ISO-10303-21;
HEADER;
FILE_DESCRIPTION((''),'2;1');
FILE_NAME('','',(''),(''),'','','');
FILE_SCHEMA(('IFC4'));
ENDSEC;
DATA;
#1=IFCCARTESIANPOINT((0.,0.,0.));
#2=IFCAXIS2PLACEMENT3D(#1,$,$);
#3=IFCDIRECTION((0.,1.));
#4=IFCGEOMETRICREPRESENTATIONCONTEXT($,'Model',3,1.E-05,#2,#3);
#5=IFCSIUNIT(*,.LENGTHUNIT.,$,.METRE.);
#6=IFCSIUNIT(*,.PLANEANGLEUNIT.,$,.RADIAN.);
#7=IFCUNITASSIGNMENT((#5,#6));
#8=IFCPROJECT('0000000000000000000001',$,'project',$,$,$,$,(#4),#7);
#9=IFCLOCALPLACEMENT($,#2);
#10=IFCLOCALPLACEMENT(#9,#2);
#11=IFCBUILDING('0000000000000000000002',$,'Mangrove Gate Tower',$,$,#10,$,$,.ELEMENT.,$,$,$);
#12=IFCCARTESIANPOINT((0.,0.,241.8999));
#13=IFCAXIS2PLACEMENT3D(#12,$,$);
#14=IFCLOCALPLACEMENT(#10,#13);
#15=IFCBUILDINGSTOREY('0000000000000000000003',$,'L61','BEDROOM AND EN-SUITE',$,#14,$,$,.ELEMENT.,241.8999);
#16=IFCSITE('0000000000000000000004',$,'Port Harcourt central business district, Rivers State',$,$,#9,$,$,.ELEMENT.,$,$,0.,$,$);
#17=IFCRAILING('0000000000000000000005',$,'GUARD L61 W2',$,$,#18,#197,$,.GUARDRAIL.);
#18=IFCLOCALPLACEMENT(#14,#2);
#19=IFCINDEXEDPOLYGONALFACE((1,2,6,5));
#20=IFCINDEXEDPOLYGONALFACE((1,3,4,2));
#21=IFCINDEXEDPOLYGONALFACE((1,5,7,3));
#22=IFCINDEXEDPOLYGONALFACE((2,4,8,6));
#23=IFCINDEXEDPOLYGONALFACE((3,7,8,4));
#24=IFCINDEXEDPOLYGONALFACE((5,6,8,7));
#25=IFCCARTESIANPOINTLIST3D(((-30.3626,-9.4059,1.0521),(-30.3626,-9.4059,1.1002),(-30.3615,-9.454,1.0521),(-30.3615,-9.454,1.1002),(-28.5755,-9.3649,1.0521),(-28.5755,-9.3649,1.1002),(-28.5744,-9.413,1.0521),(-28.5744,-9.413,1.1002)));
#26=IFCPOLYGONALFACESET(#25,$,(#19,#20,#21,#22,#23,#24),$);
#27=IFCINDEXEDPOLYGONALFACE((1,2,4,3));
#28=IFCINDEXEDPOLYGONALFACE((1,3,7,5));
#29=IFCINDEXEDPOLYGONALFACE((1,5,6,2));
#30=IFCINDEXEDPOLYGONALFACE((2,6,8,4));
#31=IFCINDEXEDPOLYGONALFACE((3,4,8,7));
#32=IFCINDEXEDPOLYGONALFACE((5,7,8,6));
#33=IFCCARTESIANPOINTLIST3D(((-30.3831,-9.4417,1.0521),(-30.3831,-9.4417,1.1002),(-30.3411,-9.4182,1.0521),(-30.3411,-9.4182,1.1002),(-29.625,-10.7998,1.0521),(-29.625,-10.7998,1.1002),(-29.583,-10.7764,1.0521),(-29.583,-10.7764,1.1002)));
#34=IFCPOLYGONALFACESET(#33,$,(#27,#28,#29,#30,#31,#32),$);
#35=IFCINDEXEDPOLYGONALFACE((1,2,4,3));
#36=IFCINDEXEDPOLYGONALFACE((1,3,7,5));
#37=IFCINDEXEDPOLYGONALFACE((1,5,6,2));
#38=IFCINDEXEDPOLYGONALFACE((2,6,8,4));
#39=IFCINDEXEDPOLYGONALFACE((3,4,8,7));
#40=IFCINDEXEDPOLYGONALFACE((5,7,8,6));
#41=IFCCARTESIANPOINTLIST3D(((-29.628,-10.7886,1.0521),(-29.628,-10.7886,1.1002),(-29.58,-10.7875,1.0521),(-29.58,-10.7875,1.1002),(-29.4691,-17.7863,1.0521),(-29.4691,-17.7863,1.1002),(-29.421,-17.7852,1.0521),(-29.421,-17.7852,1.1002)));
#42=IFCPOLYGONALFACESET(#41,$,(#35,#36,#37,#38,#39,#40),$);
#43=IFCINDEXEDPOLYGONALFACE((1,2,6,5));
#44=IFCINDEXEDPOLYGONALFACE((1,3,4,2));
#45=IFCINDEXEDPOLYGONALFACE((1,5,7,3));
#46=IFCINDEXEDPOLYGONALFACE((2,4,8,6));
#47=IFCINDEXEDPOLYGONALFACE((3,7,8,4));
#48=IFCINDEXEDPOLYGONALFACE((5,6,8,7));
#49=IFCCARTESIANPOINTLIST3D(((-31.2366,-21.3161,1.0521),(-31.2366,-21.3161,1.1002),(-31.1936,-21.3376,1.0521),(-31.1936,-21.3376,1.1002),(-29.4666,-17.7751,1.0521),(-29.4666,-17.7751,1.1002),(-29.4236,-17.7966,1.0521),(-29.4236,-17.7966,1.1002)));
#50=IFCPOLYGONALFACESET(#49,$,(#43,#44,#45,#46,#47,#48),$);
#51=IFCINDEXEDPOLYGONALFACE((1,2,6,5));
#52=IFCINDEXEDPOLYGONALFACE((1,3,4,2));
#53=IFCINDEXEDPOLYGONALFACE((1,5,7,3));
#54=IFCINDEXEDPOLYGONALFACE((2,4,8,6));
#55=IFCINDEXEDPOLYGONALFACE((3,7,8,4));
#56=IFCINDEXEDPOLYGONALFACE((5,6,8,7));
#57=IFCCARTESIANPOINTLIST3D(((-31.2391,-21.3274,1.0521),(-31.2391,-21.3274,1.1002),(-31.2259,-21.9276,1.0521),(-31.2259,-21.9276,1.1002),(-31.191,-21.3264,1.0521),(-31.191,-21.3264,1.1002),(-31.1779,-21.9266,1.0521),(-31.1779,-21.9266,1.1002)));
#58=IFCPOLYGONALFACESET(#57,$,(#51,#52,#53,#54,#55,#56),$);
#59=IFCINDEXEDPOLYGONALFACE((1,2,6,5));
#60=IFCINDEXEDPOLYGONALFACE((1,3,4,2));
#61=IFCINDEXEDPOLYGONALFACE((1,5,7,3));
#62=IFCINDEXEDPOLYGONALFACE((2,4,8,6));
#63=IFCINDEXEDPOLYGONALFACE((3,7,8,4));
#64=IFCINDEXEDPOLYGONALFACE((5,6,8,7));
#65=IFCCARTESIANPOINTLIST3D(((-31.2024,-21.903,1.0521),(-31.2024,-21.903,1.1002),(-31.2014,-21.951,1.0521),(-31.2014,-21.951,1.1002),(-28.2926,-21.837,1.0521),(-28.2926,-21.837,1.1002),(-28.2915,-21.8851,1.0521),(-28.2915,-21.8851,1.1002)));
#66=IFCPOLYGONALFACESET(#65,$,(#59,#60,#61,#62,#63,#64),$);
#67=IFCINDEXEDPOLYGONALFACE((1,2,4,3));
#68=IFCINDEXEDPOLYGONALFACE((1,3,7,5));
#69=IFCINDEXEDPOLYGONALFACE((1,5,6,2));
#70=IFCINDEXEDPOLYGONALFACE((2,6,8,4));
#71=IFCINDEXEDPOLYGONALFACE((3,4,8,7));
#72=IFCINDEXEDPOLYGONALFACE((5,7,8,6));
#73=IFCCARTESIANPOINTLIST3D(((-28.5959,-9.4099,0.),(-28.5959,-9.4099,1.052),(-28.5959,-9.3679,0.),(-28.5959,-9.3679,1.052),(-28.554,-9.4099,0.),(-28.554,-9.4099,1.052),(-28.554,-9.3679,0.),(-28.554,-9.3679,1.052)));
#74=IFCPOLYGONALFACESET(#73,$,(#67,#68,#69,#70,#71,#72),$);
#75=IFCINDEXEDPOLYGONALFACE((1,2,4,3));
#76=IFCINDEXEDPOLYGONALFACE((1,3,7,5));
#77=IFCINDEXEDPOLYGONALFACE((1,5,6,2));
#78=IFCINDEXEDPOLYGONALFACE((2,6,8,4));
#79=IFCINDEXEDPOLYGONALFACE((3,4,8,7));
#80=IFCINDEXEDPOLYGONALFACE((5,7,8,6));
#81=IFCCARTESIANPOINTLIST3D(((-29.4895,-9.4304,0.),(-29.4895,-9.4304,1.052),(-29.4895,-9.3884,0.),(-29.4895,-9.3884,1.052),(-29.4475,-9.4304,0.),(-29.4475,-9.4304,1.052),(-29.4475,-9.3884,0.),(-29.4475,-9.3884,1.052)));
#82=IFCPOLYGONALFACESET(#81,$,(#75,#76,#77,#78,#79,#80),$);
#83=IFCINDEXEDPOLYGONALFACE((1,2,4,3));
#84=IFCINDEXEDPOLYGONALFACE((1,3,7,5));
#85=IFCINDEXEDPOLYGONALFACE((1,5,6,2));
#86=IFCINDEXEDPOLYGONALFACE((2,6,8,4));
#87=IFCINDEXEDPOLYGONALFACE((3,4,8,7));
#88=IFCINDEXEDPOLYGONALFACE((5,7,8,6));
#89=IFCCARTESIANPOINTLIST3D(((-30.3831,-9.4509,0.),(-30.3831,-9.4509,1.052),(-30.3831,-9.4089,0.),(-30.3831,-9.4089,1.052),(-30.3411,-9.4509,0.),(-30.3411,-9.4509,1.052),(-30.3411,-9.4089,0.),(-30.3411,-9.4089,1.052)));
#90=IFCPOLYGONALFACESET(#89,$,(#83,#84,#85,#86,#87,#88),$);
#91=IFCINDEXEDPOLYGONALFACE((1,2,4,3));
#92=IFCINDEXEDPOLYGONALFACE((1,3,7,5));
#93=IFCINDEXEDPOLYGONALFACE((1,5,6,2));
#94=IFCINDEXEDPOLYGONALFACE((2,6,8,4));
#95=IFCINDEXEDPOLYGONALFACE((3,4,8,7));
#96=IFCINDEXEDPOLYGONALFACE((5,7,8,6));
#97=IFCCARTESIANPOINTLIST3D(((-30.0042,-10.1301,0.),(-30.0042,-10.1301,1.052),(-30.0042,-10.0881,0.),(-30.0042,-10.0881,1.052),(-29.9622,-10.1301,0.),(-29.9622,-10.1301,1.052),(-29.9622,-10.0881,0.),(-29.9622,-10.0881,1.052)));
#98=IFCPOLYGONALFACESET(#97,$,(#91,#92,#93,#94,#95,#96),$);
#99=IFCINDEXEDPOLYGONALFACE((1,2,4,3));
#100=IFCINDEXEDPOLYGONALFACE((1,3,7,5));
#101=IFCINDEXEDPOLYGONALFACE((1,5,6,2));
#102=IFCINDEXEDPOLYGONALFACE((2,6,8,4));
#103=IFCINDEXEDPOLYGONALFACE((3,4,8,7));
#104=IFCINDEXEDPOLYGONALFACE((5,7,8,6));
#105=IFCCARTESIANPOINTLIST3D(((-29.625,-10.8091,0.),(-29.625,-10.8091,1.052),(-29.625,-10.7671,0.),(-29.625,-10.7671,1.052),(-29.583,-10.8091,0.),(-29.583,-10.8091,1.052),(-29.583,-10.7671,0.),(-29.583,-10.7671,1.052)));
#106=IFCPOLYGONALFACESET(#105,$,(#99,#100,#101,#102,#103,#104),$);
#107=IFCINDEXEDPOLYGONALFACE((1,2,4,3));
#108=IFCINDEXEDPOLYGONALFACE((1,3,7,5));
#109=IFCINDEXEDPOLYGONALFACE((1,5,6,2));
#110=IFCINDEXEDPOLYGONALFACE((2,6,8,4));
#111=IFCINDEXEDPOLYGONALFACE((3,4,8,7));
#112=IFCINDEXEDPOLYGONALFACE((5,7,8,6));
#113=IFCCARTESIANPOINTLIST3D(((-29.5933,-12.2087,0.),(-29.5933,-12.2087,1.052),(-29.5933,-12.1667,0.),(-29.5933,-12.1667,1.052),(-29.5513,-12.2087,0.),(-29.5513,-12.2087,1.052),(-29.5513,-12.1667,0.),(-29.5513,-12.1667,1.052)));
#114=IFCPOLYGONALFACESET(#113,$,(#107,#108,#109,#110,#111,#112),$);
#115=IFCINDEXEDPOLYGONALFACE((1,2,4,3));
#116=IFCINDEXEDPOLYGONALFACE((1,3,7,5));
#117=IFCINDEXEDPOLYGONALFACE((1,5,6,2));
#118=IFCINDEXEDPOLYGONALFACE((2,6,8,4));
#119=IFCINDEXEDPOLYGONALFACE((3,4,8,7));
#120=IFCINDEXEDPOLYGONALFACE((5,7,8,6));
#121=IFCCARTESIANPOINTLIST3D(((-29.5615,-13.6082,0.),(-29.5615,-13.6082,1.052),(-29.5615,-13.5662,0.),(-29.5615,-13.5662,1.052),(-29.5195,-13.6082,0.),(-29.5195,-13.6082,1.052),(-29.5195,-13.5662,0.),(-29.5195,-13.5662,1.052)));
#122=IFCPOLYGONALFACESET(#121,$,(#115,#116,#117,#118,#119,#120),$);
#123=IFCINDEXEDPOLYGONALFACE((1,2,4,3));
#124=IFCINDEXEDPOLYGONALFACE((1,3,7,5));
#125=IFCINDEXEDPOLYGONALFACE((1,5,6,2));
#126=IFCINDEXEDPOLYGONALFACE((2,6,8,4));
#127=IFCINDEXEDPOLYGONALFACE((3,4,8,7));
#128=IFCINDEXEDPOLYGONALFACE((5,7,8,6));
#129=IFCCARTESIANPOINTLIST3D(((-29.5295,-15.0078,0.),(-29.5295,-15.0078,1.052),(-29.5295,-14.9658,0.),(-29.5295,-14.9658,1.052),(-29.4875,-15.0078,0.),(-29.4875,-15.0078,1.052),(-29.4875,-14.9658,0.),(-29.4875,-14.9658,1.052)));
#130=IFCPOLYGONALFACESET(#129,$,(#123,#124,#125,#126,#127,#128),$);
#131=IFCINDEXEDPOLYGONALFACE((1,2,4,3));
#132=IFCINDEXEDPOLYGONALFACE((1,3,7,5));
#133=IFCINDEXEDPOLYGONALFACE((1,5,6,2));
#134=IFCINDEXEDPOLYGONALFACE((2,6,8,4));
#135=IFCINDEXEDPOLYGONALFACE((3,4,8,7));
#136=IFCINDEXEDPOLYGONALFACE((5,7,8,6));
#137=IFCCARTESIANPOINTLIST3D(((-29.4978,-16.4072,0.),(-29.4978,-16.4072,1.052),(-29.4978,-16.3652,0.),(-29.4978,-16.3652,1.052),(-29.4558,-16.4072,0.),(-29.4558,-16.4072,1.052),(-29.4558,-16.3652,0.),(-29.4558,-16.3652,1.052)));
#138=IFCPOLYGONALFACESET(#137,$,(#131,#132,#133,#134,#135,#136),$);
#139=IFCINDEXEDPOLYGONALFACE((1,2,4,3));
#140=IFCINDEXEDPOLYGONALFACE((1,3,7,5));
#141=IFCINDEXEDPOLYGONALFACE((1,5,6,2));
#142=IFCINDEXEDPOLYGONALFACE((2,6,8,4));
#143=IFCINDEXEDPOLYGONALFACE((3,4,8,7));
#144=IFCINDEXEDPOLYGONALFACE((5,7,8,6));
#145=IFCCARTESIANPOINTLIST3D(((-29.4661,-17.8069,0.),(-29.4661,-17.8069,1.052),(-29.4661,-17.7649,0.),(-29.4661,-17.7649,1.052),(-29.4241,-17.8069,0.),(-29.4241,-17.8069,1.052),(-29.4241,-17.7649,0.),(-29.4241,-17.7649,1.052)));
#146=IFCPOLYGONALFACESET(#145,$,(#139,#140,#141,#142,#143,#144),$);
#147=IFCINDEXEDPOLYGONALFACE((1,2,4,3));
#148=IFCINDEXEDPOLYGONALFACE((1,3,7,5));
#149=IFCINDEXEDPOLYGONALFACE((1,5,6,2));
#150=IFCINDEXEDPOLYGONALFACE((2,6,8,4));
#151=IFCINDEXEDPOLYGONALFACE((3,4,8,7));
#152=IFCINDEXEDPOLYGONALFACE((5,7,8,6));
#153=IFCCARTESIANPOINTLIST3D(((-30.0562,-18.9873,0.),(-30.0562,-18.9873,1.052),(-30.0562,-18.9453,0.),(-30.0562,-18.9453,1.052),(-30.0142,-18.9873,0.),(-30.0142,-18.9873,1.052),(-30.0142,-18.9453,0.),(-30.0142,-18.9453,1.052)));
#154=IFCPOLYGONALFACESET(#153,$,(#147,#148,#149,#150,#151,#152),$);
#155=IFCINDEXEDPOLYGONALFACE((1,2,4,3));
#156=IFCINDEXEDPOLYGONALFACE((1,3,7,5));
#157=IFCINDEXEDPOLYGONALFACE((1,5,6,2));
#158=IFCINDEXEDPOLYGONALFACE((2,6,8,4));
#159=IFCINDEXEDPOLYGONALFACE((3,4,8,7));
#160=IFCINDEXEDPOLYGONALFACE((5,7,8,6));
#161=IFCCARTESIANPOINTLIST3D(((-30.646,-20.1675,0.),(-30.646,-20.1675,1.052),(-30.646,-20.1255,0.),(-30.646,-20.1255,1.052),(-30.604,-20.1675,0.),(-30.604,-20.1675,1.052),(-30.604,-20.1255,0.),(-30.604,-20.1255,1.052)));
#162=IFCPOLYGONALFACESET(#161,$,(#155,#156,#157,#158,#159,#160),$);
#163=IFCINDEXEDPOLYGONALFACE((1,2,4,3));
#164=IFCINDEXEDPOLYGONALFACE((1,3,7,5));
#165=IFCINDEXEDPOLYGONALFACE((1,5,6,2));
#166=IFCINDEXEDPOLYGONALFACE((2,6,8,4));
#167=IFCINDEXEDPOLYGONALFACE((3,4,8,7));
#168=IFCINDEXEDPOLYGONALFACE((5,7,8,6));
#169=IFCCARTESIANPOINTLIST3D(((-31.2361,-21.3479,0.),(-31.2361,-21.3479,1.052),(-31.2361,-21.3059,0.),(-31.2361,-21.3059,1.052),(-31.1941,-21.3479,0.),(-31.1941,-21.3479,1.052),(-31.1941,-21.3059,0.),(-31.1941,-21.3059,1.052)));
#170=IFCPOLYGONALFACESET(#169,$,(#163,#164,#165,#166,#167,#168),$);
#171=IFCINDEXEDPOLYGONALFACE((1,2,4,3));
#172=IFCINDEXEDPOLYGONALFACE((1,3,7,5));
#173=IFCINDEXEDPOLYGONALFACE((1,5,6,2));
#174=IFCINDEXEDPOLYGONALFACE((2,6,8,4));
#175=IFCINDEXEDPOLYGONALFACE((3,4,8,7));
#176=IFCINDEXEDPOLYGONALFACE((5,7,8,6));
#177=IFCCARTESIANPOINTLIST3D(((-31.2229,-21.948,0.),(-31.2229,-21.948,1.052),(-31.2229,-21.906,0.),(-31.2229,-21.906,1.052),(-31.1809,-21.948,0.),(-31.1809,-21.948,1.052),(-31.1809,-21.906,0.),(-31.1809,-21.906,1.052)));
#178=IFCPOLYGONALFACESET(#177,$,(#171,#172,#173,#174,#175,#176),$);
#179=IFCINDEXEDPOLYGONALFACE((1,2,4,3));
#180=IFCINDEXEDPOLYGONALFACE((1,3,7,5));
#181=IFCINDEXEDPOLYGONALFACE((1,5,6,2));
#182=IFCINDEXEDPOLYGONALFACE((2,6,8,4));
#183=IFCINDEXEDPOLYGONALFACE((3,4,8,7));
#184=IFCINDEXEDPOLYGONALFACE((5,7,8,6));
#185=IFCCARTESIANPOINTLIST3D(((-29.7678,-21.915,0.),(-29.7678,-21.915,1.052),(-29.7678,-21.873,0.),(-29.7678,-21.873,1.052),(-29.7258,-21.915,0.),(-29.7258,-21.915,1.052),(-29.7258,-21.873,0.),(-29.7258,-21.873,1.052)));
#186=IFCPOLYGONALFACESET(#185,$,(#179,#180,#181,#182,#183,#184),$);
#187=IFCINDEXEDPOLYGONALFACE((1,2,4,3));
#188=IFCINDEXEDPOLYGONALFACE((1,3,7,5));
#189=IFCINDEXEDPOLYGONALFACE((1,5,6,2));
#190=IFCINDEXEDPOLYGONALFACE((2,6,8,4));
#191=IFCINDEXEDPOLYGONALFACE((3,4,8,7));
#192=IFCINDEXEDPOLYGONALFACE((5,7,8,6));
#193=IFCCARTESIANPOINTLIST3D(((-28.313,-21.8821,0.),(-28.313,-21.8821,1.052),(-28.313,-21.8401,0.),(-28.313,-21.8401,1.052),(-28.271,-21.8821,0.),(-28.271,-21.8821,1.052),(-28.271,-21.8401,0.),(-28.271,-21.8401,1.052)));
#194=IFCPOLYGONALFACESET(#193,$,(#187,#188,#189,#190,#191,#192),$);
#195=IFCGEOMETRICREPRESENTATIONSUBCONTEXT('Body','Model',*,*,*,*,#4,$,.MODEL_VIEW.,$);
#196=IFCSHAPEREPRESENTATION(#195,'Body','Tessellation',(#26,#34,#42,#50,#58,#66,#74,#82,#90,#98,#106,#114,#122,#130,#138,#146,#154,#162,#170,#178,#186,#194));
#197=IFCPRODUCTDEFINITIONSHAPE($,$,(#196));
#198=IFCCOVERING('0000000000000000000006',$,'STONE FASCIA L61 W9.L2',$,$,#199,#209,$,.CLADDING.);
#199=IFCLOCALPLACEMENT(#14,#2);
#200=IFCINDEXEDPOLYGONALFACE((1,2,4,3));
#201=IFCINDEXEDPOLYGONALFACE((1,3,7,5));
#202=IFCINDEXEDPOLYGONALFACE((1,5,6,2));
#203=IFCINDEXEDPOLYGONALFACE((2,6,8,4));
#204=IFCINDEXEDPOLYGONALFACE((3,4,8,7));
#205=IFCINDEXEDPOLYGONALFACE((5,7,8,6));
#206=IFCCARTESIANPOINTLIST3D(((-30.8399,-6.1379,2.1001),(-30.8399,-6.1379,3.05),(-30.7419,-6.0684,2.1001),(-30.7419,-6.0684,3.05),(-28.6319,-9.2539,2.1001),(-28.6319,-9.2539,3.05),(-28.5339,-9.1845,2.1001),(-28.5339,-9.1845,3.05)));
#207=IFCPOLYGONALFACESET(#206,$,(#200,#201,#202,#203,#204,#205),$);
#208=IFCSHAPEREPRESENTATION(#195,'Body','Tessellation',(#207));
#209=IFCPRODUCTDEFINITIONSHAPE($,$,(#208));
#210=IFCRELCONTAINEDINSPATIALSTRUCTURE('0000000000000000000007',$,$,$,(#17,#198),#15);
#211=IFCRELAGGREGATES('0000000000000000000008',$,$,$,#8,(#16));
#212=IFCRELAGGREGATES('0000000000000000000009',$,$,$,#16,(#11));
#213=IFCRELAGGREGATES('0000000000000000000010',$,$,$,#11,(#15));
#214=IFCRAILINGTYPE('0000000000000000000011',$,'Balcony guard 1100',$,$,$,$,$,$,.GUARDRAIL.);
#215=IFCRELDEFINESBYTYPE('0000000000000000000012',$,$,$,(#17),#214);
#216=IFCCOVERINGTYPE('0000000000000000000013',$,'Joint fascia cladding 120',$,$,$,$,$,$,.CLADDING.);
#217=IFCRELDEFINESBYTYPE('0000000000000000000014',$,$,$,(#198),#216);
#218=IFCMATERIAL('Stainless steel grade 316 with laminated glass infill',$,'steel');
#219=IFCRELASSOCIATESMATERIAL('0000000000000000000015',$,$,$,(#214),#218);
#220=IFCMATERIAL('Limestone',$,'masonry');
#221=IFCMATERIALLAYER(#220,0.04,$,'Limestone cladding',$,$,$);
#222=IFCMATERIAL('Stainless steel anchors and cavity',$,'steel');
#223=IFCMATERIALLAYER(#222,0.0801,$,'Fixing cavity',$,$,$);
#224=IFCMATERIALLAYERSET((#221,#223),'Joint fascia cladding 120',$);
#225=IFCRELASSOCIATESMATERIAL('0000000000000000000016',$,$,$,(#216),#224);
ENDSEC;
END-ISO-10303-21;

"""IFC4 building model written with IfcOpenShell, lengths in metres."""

from ifc_helpers import new_model, si_unit, direction, frame, frame_2d, origin, origin_2d, place, context, subcontext, project, spatial, rectangle, extrude, material, layer, layer_set, type_object, element, save


model = new_model("IFC4")

# Units and contexts
model_context = context("Model", 3, precision=1e-05, world=origin(), true_north=direction((0.0, 1.0)))
body_context = subcontext(model_context, "Body", "Model", "MODEL_VIEW")
ifc_project = project(units=[si_unit("LENGTHUNIT", "METRE"), si_unit("PLANEANGLEUNIT", "RADIAN")], contexts=[model_context])

# Site, building, storey
site_placement = place(None, origin())
site = spatial("IfcSite", under=ifc_project, at=site_placement, Name="Port Harcourt central business district, Rivers State", CompositionType="ELEMENT", RefElevation=0.0)
building_placement = place(site_placement, origin())
building = spatial("IfcBuilding", under=site, at=building_placement, Name="Mangrove Gate Tower", CompositionType="ELEMENT")
storey_placement = place(building_placement, frame((0.0, 0.0, 241.8999)))
storey = spatial("IfcBuildingStorey", under=building, at=storey_placement, Name="L61", Description="BEDROOM AND EN-SUITE", CompositionType="ELEMENT", Elevation=241.8999)

# Shared definitions
ifc_material_1 = material(Name="Limestone", Category="masonry")

# Railing
ifc_material_2 = material(Name="Stainless steel grade 316 with laminated glass infill", Category="steel")
railing_type = type_object("IfcRailingType", Name="Balcony guard 1100", PredefinedType="GUARDRAIL", material=ifc_material_2)
railing_placement = place(storey_placement, frame((-28.575, -9.3889, 0.0)))
element("IfcRailing", 1, at=railing_placement, inside=storey, type_object=railing_type, Name="GUARD L61 W2", PredefinedType="GUARDRAIL", context=body_context, shape_type="SweptSolid", body=[
    extrude(rectangle(XDim=0.0481, YDim=0.0481, at=origin_2d()), frame((0.0, 0.0, 1.0762), z_axis=(-0.999737, -0.022945, 0.0), x_axis=(0.022945, -0.999737, 0.0)), (0.0, 0.0, 1.0), 1.7876),
    extrude(rectangle(XDim=0.0481, YDim=0.0481, at=origin_2d()), frame((-1.7871, -0.041, 1.0762), z_axis=(0.487375, -0.873193, 0.0), x_axis=(0.873193, 0.487375, 0.0)), (0.0, 0.0, 1.0), 1.5554),
    extrude(rectangle(XDim=0.0481, YDim=0.0481, at=origin_2d()), frame((-1.0291, -1.3992, 1.0762), z_axis=(0.022706, -0.999742, 0.0), x_axis=(0.999742, 0.022706, 0.0)), (0.0, 0.0, 1.0), 6.9995),
    extrude(rectangle(XDim=0.0481, YDim=0.0481, at=origin_2d()), frame((-0.8701, -8.397, 1.0762), z_axis=(-0.447115, -0.894477, 0.0), x_axis=(0.894477, -0.447115, 0.0)), (0.0, 0.0, 1.0), 3.9587),
    extrude(rectangle(XDim=0.0481, YDim=0.0481, at=origin_2d()), frame((-2.6401, -11.938, 1.0762), z_axis=(0.021964, -0.999759, 0.0), x_axis=(0.999759, 0.021964, 0.0)), (0.0, 0.0, 1.0), 0.6003),
    extrude(rectangle(XDim=0.0481, YDim=0.0481, at=origin_2d()), frame((-2.627, -12.5381, 1.0762), z_axis=(0.999744, 0.022647, 0.0), x_axis=(-0.022647, 0.999744, 0.0)), (0.0, 0.0, 1.0), 2.9106),
    extrude(rectangle(XDim=0.042, YDim=0.042, at=origin_2d()), origin(), (0.0, 0.0, 1.0), 1.052),
    extrude(rectangle(XDim=0.042, YDim=0.042, at=origin_2d()), frame((-0.8936, -0.0205, 0.0)), (0.0, 0.0, 1.0), 1.052),
    extrude(rectangle(XDim=0.042, YDim=0.042, at=origin_2d()), frame((-1.7871, -0.041, 0.0)), (0.0, 0.0, 1.0), 1.052),
    extrude(rectangle(XDim=0.042, YDim=0.042, at=origin_2d()), frame((-1.4082, -0.7202, 0.0)), (0.0, 0.0, 1.0), 1.052),
    extrude(rectangle(XDim=0.042, YDim=0.042, at=origin_2d()), frame((-1.0291, -1.3992, 0.0)), (0.0, 0.0, 1.0), 1.052),
    extrude(rectangle(XDim=0.042, YDim=0.042, at=origin_2d()), frame((-0.9973, -2.7988, 0.0)), (0.0, 0.0, 1.0), 1.052),
    extrude(rectangle(XDim=0.042, YDim=0.042, at=origin_2d()), frame((-0.9656, -4.1982, 0.0)), (0.0, 0.0, 1.0), 1.052),
    extrude(rectangle(XDim=0.042, YDim=0.042, at=origin_2d()), frame((-0.9336, -5.5979, 0.0)), (0.0, 0.0, 1.0), 1.052),
    extrude(rectangle(XDim=0.042, YDim=0.042, at=origin_2d()), frame((-0.9019, -6.9973, 0.0)), (0.0, 0.0, 1.0), 1.052),
    extrude(rectangle(XDim=0.042, YDim=0.042, at=origin_2d()), frame((-0.8701, -8.397, 0.0)), (0.0, 0.0, 1.0), 1.052),
    extrude(rectangle(XDim=0.042, YDim=0.042, at=origin_2d()), frame((-1.4602, -9.5774, 0.0)), (0.0, 0.0, 1.0), 1.052),
    extrude(rectangle(XDim=0.042, YDim=0.042, at=origin_2d()), frame((-2.05, -10.7576, 0.0)), (0.0, 0.0, 1.0), 1.052),
    extrude(rectangle(XDim=0.042, YDim=0.042, at=origin_2d()), frame((-2.6401, -11.938, 0.0)), (0.0, 0.0, 1.0), 1.052),
    extrude(rectangle(XDim=0.042, YDim=0.042, at=origin_2d()), frame((-2.627, -12.5381, 0.0)), (0.0, 0.0, 1.0), 1.052),
    extrude(rectangle(XDim=0.042, YDim=0.042, at=origin_2d()), frame((-1.1719, -12.5051, 0.0)), (0.0, 0.0, 1.0), 1.052),
    extrude(rectangle(XDim=0.042, YDim=0.042, at=origin_2d()), frame((0.283, -12.4722, 0.0)), (0.0, 0.0, 1.0), 1.052),
])

# Covering
ifc_layer_1 = layer(ifc_material_1, 0.04, Name="Limestone cladding")
ifc_material_3 = material(Name="Stainless steel anchors and cavity", Category="steel")
ifc_layer_2 = layer(ifc_material_3, 0.0801, Name="Fixing cavity")
ifc_layer_set_1 = layer_set([ifc_layer_1, ifc_layer_2], Name="Joint fascia cladding 120")
covering_type = type_object("IfcCoveringType", Name="Joint fascia cladding 120", PredefinedType="CLADDING", material=ifc_layer_set_1)
covering_placement = place(storey_placement, frame((-30.791, -6.103, 2.1001), z_axis=(0.0, 0.0, 1.0), x_axis=(0.578168, -0.815918, 0.0)))
element("IfcCovering", 2, at=covering_placement, inside=storey, type_object=covering_type, Name="STONE FASCIA L61 W9.L2", PredefinedType="CLADDING", context=body_context, shape_type="SweptSolid", body=[
    extrude(rectangle(XDim=3.8191, YDim=0.1201, at=frame_2d((1.9097, 0.0))), origin(), (0.0, 0.0, 1.0), 0.95),
])

save(model, "model.ifc")
